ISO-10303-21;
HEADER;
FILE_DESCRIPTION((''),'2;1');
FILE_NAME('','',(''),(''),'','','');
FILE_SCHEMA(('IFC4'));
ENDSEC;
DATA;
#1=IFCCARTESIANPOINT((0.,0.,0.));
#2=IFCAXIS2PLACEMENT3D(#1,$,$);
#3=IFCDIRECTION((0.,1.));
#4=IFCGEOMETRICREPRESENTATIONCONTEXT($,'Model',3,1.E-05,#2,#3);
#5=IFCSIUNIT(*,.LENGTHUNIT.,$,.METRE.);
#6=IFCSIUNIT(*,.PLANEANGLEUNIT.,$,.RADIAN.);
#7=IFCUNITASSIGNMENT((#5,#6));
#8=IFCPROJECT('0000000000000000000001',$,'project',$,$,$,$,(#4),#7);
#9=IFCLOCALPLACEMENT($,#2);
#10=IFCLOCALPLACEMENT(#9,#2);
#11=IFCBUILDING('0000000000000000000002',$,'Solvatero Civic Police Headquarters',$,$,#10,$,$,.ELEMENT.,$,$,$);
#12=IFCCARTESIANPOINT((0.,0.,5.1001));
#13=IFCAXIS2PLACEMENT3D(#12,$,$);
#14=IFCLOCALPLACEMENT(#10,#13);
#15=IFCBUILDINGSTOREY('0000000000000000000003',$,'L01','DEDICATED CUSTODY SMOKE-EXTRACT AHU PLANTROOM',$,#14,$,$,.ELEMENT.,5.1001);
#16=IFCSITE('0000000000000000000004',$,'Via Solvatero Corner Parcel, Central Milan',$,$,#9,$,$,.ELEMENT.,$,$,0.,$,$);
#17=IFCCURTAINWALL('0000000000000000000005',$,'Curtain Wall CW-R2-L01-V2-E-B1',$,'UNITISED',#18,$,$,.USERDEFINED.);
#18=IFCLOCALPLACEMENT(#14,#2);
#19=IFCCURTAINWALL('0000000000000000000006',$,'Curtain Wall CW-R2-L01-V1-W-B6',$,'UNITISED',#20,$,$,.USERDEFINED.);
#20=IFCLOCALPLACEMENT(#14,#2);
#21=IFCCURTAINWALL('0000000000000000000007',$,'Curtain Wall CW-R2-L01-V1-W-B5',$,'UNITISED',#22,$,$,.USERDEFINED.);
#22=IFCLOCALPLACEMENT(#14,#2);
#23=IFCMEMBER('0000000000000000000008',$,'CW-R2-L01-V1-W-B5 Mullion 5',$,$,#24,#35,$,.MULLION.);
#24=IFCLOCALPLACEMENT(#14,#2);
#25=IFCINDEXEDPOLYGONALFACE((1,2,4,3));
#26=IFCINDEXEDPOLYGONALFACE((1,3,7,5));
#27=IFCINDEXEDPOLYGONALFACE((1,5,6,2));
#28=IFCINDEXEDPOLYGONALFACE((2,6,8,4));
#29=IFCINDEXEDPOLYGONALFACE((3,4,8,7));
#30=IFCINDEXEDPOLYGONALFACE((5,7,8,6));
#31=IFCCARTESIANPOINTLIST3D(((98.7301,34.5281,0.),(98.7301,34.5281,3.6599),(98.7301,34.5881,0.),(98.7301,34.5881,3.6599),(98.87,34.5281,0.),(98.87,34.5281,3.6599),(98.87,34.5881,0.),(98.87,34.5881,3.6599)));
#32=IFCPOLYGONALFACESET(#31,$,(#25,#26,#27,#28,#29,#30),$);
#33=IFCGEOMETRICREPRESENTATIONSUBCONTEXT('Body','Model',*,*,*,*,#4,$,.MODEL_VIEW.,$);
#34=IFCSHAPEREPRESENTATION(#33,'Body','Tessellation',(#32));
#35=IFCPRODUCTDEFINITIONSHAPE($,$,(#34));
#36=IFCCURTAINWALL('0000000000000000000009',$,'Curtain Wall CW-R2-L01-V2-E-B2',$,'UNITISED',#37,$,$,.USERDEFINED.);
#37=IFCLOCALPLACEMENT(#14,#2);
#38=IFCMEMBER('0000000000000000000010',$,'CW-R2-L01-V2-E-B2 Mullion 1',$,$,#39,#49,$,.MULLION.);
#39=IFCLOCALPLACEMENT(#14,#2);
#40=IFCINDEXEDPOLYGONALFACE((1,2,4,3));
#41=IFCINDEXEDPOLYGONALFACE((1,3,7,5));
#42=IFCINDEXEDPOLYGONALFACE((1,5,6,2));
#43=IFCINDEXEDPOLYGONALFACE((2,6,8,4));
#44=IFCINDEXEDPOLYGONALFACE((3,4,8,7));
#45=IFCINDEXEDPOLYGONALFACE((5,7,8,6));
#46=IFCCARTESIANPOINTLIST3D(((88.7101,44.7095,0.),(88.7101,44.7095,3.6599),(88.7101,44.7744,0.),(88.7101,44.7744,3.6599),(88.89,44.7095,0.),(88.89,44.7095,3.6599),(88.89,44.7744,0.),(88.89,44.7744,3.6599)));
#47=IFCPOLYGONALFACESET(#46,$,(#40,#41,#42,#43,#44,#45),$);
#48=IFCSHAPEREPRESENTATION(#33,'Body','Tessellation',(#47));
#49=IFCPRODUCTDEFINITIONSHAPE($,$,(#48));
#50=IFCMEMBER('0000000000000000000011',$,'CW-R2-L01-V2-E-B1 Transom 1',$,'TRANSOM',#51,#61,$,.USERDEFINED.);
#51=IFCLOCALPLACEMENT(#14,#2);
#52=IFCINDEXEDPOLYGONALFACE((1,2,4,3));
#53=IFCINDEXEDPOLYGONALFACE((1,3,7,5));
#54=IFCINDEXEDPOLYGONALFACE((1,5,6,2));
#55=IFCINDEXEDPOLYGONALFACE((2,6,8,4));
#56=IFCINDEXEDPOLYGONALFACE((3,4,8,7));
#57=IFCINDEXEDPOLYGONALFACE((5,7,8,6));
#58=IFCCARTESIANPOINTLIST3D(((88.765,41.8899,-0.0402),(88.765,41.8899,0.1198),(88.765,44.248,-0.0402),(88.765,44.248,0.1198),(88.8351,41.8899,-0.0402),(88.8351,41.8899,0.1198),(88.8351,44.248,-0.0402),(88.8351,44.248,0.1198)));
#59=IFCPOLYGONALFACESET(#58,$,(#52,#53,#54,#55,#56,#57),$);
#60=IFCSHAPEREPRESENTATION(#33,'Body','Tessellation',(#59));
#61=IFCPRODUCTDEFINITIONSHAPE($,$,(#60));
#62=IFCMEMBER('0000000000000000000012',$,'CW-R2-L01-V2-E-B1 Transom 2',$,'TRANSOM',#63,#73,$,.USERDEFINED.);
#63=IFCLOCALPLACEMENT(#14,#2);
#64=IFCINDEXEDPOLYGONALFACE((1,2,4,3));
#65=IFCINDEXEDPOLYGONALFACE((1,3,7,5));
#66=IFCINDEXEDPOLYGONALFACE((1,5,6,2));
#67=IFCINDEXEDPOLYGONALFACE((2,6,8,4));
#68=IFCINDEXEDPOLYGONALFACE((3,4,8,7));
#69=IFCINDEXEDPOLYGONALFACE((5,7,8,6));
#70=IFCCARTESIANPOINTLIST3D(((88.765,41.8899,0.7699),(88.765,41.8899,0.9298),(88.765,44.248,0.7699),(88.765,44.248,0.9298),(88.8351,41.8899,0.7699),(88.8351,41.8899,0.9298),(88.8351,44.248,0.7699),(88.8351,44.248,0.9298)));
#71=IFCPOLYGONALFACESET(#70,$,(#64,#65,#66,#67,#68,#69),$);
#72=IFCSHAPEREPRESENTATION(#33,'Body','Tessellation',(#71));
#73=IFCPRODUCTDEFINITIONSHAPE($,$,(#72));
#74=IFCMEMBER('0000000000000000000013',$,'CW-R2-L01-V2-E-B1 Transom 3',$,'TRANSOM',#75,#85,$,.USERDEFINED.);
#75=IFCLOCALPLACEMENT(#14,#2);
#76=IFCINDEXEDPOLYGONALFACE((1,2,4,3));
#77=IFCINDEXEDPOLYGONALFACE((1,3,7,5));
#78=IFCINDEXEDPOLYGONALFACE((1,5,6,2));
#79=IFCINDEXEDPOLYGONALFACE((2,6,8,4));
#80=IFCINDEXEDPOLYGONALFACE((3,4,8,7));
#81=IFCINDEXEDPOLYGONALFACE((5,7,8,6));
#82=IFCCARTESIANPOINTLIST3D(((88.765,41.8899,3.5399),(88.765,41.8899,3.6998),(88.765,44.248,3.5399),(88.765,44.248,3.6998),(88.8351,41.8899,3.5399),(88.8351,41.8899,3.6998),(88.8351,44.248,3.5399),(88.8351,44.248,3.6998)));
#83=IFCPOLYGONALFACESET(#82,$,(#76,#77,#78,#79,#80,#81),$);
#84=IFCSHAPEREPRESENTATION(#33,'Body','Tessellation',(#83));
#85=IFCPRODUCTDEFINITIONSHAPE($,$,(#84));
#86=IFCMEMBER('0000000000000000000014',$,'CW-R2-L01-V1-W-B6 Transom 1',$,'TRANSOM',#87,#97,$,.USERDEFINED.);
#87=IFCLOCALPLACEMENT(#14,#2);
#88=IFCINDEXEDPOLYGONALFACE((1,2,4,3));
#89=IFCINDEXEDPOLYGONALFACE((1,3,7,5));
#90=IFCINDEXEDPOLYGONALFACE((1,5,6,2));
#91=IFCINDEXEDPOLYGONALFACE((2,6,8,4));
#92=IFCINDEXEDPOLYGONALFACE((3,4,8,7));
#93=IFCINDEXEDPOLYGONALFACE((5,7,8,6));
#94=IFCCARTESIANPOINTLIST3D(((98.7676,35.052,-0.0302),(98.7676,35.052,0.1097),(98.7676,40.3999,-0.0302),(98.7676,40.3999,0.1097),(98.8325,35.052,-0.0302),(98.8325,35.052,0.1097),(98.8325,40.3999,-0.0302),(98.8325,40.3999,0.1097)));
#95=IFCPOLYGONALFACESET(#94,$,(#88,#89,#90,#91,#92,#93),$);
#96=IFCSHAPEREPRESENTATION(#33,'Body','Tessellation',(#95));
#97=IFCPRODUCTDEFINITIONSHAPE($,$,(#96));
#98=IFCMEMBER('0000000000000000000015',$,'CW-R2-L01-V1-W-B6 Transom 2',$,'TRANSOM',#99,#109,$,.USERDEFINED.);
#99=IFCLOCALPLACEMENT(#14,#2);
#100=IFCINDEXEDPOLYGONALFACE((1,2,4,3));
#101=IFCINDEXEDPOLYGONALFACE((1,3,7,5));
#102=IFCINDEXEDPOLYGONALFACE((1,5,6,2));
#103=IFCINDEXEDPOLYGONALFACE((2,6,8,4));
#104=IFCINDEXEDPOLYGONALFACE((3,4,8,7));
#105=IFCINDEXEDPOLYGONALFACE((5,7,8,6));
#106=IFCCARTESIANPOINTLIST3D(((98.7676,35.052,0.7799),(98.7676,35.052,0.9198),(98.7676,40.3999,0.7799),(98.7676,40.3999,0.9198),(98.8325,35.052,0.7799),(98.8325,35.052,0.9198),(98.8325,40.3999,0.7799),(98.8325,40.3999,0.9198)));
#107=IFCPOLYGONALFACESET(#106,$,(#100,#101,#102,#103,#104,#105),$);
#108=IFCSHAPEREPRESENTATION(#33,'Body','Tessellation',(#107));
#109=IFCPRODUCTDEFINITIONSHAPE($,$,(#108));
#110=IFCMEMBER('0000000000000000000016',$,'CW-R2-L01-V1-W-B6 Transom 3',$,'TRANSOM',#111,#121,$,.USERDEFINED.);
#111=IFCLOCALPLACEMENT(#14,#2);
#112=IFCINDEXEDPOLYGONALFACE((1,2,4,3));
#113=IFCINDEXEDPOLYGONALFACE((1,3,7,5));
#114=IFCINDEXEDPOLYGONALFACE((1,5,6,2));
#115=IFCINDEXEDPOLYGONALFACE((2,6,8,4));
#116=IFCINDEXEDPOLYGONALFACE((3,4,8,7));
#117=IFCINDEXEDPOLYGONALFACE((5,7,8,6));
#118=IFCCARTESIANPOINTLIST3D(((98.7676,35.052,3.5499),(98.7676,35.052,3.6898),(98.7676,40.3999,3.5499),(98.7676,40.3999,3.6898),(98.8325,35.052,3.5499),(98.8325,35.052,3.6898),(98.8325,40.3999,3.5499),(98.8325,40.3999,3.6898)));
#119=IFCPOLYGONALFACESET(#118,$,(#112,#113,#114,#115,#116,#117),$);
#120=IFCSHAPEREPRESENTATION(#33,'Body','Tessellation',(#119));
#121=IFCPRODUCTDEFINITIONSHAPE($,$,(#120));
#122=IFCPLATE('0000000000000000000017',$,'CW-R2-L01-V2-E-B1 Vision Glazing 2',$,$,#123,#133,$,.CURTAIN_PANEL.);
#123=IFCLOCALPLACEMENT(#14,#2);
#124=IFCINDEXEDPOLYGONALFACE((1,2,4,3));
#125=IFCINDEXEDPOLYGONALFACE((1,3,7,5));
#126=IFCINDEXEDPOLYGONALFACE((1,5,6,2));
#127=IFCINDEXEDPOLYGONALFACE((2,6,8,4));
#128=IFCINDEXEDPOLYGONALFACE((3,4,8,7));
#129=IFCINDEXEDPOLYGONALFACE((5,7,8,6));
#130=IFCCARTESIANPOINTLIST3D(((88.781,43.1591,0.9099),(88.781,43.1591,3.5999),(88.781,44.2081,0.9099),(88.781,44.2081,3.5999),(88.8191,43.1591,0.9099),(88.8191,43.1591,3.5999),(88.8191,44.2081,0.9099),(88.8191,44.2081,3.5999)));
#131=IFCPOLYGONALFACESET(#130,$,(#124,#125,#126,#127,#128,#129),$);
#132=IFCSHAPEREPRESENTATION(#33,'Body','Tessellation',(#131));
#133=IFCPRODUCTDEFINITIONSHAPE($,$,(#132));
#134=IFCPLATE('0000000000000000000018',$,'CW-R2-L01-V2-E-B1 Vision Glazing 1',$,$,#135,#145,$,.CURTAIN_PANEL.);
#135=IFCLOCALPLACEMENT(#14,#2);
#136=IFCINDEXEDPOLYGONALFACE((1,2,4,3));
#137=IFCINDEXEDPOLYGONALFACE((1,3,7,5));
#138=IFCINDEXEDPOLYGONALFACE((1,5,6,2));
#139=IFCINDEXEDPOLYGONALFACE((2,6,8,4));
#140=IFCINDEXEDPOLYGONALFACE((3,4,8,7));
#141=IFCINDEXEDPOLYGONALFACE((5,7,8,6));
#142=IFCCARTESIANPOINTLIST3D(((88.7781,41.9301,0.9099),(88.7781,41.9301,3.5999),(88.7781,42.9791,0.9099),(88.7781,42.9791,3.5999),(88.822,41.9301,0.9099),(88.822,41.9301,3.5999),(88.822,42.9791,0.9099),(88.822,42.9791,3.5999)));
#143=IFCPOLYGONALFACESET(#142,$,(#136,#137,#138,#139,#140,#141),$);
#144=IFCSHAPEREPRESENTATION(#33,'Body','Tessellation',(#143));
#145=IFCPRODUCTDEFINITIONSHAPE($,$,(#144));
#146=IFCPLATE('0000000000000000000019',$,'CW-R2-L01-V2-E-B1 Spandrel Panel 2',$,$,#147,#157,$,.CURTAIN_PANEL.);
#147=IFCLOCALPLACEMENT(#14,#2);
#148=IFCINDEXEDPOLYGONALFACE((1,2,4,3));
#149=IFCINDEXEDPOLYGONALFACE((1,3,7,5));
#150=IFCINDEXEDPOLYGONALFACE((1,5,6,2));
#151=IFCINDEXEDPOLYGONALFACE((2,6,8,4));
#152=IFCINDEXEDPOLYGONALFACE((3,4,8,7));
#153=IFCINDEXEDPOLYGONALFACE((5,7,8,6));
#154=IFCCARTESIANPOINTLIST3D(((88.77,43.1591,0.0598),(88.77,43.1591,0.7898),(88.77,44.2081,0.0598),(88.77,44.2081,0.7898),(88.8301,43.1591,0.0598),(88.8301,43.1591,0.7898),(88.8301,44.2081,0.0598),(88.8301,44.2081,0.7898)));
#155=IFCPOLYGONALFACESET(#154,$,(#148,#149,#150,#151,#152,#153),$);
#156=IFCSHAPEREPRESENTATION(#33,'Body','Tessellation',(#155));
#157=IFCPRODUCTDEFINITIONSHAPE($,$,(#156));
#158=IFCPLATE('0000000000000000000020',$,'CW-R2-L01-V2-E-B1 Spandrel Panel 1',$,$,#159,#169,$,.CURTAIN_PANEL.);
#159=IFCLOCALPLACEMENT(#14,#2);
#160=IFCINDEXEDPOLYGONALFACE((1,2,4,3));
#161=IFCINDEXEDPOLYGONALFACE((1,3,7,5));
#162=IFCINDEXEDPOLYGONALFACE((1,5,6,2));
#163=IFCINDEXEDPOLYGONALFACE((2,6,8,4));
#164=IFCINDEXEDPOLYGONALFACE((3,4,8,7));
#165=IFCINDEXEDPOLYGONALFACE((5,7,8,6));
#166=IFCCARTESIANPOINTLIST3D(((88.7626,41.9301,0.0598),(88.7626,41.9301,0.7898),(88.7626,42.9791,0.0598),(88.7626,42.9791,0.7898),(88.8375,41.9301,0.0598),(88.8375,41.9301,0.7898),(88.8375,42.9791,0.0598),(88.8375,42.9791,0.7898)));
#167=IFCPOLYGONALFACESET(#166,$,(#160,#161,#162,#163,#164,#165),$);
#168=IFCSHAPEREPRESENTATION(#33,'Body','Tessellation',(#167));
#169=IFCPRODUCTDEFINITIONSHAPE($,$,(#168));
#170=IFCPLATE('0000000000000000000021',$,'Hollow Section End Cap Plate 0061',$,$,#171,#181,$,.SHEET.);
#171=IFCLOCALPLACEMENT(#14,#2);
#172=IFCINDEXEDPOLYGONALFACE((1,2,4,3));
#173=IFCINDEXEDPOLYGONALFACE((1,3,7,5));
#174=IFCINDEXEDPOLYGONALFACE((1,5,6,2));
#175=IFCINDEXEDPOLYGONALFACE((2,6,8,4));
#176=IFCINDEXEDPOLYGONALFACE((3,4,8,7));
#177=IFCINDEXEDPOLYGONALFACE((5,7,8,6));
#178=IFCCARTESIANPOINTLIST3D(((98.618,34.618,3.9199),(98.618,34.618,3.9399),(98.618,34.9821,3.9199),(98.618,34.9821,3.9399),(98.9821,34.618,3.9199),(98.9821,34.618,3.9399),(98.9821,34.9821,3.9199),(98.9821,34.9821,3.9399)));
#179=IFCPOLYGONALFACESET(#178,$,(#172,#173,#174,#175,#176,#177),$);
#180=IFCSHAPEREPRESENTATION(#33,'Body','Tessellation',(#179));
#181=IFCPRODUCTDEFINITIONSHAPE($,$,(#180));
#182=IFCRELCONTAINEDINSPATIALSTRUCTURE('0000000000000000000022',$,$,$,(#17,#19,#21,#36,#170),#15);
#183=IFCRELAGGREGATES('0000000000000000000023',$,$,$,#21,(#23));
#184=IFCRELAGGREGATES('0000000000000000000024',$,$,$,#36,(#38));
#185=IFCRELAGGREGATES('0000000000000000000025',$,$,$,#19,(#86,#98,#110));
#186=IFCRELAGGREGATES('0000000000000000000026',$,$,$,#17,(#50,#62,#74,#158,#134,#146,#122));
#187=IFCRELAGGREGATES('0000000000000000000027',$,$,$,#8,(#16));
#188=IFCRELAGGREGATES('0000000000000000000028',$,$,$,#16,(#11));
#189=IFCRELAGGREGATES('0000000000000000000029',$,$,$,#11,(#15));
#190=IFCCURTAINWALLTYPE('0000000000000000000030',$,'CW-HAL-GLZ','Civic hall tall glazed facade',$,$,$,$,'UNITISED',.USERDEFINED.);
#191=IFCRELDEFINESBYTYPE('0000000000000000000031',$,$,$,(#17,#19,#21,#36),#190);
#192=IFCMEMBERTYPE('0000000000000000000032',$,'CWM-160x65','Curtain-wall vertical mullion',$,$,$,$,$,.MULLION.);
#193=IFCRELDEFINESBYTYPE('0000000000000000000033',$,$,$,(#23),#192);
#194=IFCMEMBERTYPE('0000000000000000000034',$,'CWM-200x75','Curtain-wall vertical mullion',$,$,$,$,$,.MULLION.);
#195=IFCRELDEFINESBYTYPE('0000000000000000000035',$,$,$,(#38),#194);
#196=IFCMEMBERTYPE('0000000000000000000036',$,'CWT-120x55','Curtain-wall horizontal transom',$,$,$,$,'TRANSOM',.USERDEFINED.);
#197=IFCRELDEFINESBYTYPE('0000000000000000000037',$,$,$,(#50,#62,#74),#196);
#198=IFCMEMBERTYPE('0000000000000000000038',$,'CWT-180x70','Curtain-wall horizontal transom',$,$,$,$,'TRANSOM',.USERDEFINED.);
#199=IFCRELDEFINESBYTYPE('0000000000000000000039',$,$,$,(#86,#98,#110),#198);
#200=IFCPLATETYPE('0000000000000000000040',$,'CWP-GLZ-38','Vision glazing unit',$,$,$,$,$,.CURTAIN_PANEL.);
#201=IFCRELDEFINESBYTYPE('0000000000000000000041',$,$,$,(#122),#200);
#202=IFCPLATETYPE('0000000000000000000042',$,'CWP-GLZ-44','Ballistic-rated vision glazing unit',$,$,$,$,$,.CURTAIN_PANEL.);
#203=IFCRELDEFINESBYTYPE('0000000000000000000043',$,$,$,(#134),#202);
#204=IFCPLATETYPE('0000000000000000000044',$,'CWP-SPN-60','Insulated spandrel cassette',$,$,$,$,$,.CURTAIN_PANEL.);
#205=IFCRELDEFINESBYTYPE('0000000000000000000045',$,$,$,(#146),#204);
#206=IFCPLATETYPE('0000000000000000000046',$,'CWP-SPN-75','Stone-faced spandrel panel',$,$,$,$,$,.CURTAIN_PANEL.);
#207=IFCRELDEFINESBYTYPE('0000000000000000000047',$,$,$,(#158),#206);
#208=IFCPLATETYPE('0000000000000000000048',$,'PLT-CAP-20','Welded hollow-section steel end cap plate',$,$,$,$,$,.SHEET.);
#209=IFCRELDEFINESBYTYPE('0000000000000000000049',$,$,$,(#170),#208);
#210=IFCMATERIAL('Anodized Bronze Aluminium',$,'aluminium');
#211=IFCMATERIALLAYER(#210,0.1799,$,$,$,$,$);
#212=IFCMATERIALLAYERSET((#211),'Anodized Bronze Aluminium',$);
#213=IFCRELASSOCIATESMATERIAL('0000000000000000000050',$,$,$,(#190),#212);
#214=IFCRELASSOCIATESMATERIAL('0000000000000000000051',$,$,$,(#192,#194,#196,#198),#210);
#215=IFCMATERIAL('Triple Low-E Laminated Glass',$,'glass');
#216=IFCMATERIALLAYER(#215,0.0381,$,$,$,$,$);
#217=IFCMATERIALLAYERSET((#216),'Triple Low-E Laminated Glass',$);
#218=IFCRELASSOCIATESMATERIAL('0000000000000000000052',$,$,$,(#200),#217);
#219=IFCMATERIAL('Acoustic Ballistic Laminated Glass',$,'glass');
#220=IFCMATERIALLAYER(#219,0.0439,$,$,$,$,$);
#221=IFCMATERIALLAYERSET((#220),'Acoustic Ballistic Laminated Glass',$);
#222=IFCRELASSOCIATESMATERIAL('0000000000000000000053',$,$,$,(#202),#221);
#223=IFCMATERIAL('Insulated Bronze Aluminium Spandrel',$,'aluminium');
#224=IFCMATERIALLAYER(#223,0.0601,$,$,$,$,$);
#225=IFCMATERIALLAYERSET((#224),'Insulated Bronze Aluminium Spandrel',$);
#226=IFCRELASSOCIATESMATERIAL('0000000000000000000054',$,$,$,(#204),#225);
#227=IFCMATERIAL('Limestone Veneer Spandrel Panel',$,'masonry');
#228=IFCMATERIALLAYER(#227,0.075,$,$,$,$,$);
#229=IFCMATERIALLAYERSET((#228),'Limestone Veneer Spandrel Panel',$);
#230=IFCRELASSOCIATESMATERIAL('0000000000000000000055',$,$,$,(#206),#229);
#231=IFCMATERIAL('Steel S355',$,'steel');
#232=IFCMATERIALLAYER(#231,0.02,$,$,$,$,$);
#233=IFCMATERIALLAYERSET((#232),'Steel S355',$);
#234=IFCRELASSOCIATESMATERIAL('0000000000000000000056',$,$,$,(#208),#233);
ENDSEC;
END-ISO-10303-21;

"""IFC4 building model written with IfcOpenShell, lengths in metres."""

from ifc_helpers import new_model, si_unit, direction, frame, origin, origin_2d, place, context, subcontext, project, spatial, rectangle, extrude, material, layer, layer_set, material_profile, profile_set, type_object, element, aggregate, save


model = new_model("IFC4")

# Units and contexts
model_context = context("Model", 3, precision=1e-05, world=origin(), true_north=direction((0.0, 1.0)))
body_context = subcontext(model_context, "Body", "Model", "MODEL_VIEW")
ifc_project = project(units=[si_unit("LENGTHUNIT", "METRE"), si_unit("PLANEANGLEUNIT", "RADIAN")], contexts=[model_context])

# Site, building, storey
site_placement = place(None, origin())
site = spatial("IfcSite", under=ifc_project, at=site_placement, Name="Via Solvatero Corner Parcel, Central Milan", CompositionType="ELEMENT", RefElevation=0.0)
building_placement = place(site_placement, origin())
building = spatial("IfcBuilding", under=site, at=building_placement, Name="Solvatero Civic Police Headquarters", CompositionType="ELEMENT")
storey_placement = place(building_placement, frame((0.0, 0.0, 5.1001)))
storey = spatial("IfcBuildingStorey", under=building, at=storey_placement, Name="L01", Description="DEDICATED CUSTODY SMOKE-EXTRACT AHU PLANTROOM", CompositionType="ELEMENT", Elevation=5.1001)

# Shared definitions
ifc_material_1 = material(Name="Steel S355", Category="steel")

# Curtain wall
ifc_material_2 = material(Name="Anodized Bronze Aluminium", Category="aluminium")
ifc_layer_1 = layer(ifc_material_2, 0.1799)
ifc_layer_set_1 = layer_set([ifc_layer_1], Name="Anodized Bronze Aluminium")
curtain_wall_type = type_object("IfcCurtainWallType", Name="CW-HAL-GLZ", Description="Civic hall tall glazed facade", ElementType="UNITISED", PredefinedType="USERDEFINED", material=ifc_layer_set_1)
curtain_wall_1_placement = place(storey_placement, origin())
curtain_wall_1 = element("IfcCurtainWall", 1, at=curtain_wall_1_placement, inside=storey, type_object=curtain_wall_type, Name="Curtain Wall CW-R2-L01-V2-E-B1", ObjectType="UNITISED", PredefinedType="USERDEFINED")

# Curtain walls, members
curtain_wall_2_placement = place(storey_placement, origin())
curtain_wall_2 = element("IfcCurtainWall", 2, at=curtain_wall_2_placement, inside=storey, type_object=curtain_wall_type, Name="Curtain Wall CW-R2-L01-V1-W-B6", ObjectType="UNITISED", PredefinedType="USERDEFINED")
curtain_wall_3_placement = place(storey_placement, origin())
curtain_wall_3 = element("IfcCurtainWall", 3, at=curtain_wall_3_placement, inside=storey, type_object=curtain_wall_type, Name="Curtain Wall CW-R2-L01-V1-W-B5", ObjectType="UNITISED", PredefinedType="USERDEFINED")
ifc_material_profile_1 = material_profile(ifc_material_2, rectangle(XDim=0.0601, YDim=0.1399, at=origin_2d()), Name="ALU MULLION 60x140")
ifc_profile_set_1 = profile_set([ifc_material_profile_1], Name="Anodized Bronze Aluminium")
member_type_1 = type_object("IfcMemberType", Name="CWM-160x65", Description="Curtain-wall vertical mullion", PredefinedType="MULLION", material=ifc_profile_set_1)
member_1_placement = place(storey_placement, frame((98.8, 34.5581, 0.0), z_axis=(0.0, 0.0, 1.0), x_axis=(0.0, 1.0, 0.0)))
member_1 = element("IfcMember", 4, at=member_1_placement, type_object=member_type_1, Name="CW-R2-L01-V1-W-B5 Mullion 5", PredefinedType="MULLION", context=body_context, shape_type="SweptSolid", body=[
    extrude(rectangle(XDim=0.0601, YDim=0.1399, at=origin_2d()), origin(), (0.0, 0.0, 1.0), 3.6599),
])
aggregate(curtain_wall_3, [member_1])
curtain_wall_4_placement = place(storey_placement, origin())
curtain_wall_4 = element("IfcCurtainWall", 5, at=curtain_wall_4_placement, inside=storey, type_object=curtain_wall_type, Name="Curtain Wall CW-R2-L01-V2-E-B2", ObjectType="UNITISED", PredefinedType="USERDEFINED")
ifc_material_profile_2 = material_profile(ifc_material_2, rectangle(XDim=0.0649, YDim=0.1799, at=origin_2d()), Name="ALU MULLION 65x180")
ifc_profile_set_2 = profile_set([ifc_material_profile_2], Name="Anodized Bronze Aluminium")
member_type_2 = type_object("IfcMemberType", Name="CWM-200x75", Description="Curtain-wall vertical mullion", PredefinedType="MULLION", material=ifc_profile_set_2)
member_2_placement = place(storey_placement, frame((88.8, 44.7419, 0.0), z_axis=(0.0, 0.0, 1.0), x_axis=(0.0, 1.0, 0.0)))
member_2 = element("IfcMember", 6, at=member_2_placement, type_object=member_type_2, Name="CW-R2-L01-V2-E-B2 Mullion 1", PredefinedType="MULLION", context=body_context, shape_type="SweptSolid", body=[
    extrude(rectangle(XDim=0.0649, YDim=0.1799, at=origin_2d()), origin(), (0.0, 0.0, 1.0), 3.6599),
])
aggregate(curtain_wall_4, [member_2])

# Members
ifc_material_profile_3 = material_profile(ifc_material_2, rectangle(XDim=0.0701, YDim=0.1599, at=origin_2d()), Name="ALU TRANSOM 70x160")
ifc_profile_set_3 = profile_set([ifc_material_profile_3], Name="Anodized Bronze Aluminium")
member_type_3 = type_object("IfcMemberType", Name="CWT-120x55", Description="Curtain-wall horizontal transom", ElementType="TRANSOM", PredefinedType="USERDEFINED", material=ifc_profile_set_3)
member_3_placement = place(storey_placement, frame((88.8, 41.8899, 0.0398), z_axis=(0.0, 1.0, 0.0), x_axis=(-1.0, 0.0, 0.0)))
member_3 = element("IfcMember", 7, at=member_3_placement, type_object=member_type_3, Name="CW-R2-L01-V2-E-B1 Transom 1", ObjectType="TRANSOM", PredefinedType="USERDEFINED", context=body_context, shape_type="SweptSolid", body=[
    extrude(rectangle(XDim=0.0701, YDim=0.1599, at=origin_2d()), origin(), (0.0, 0.0, 1.0), 2.3582),
])
member_4_placement = place(storey_placement, frame((88.8, 41.8899, 0.8499), z_axis=(0.0, 1.0, 0.0), x_axis=(-1.0, 0.0, 0.0)))
member_4 = element("IfcMember", 8, at=member_4_placement, type_object=member_type_3, Name="CW-R2-L01-V2-E-B1 Transom 2", ObjectType="TRANSOM", PredefinedType="USERDEFINED", context=body_context, shape_type="SweptSolid", body=[
    extrude(rectangle(XDim=0.0701, YDim=0.1599, at=origin_2d()), origin(), (0.0, 0.0, 1.0), 2.3582),
])
member_5_placement = place(storey_placement, frame((88.8, 41.8899, 3.6199), z_axis=(0.0, 1.0, 0.0), x_axis=(-1.0, 0.0, 0.0)))
member_5 = element("IfcMember", 9, at=member_5_placement, type_object=member_type_3, Name="CW-R2-L01-V2-E-B1 Transom 3", ObjectType="TRANSOM", PredefinedType="USERDEFINED", context=body_context, shape_type="SweptSolid", body=[
    extrude(rectangle(XDim=0.0701, YDim=0.1599, at=origin_2d()), origin(), (0.0, 0.0, 1.0), 2.3582),
])
ifc_material_profile_4 = material_profile(ifc_material_2, rectangle(XDim=0.0649, YDim=0.1399, at=origin_2d()), Name="ALU TRANSOM 65x140")
ifc_profile_set_4 = profile_set([ifc_material_profile_4], Name="Anodized Bronze Aluminium")
member_type_4 = type_object("IfcMemberType", Name="CWT-180x70", Description="Curtain-wall horizontal transom", ElementType="TRANSOM", PredefinedType="USERDEFINED", material=ifc_profile_set_4)
member_6_placement = place(storey_placement, frame((98.8, 35.052, 0.0398), z_axis=(0.0, 1.0, 0.0), x_axis=(-1.0, 0.0, 0.0)))
member_6 = element("IfcMember", 10, at=member_6_placement, type_object=member_type_4, Name="CW-R2-L01-V1-W-B6 Transom 1", ObjectType="TRANSOM", PredefinedType="USERDEFINED", context=body_context, shape_type="SweptSolid", body=[
    extrude(rectangle(XDim=0.0649, YDim=0.1399, at=origin_2d()), origin(), (0.0, 0.0, 1.0), 5.3479),
])
member_7_placement = place(storey_placement, frame((98.8, 35.052, 0.8499), z_axis=(0.0, 1.0, 0.0), x_axis=(-1.0, 0.0, 0.0)))
member_7 = element("IfcMember", 11, at=member_7_placement, type_object=member_type_4, Name="CW-R2-L01-V1-W-B6 Transom 2", ObjectType="TRANSOM", PredefinedType="USERDEFINED", context=body_context, shape_type="SweptSolid", body=[
    extrude(rectangle(XDim=0.0649, YDim=0.1399, at=origin_2d()), origin(), (0.0, 0.0, 1.0), 5.3479),
])
member_8_placement = place(storey_placement, frame((98.8, 35.052, 3.6199), z_axis=(0.0, 1.0, 0.0), x_axis=(-1.0, 0.0, 0.0)))
member_8 = element("IfcMember", 12, at=member_8_placement, type_object=member_type_4, Name="CW-R2-L01-V1-W-B6 Transom 3", ObjectType="TRANSOM", PredefinedType="USERDEFINED", context=body_context, shape_type="SweptSolid", body=[
    extrude(rectangle(XDim=0.0649, YDim=0.1399, at=origin_2d()), origin(), (0.0, 0.0, 1.0), 5.3479),
])
aggregate(curtain_wall_2, [member_6, member_7, member_8])

# Plates
ifc_material_3 = material(Name="Triple Low-E Laminated Glass", Category="glass")
ifc_layer_2 = layer(ifc_material_3, 0.0381)
ifc_layer_set_2 = layer_set([ifc_layer_2], Name="Triple Low-E Laminated Glass")
plate_type_1 = type_object("IfcPlateType", Name="CWP-GLZ-38", Description="Vision glazing unit", PredefinedType="CURTAIN_PANEL", material=ifc_layer_set_2)
plate_1_placement = place(storey_placement, frame((88.8, 43.6836, 0.9099), z_axis=(0.0, 0.0, 1.0), x_axis=(0.0, 1.0, 0.0)))
plate_1 = element("IfcPlate", 13, at=plate_1_placement, type_object=plate_type_1, Name="CW-R2-L01-V2-E-B1 Vision Glazing 2", PredefinedType="CURTAIN_PANEL", context=body_context, shape_type="SweptSolid", body=[
    extrude(rectangle(XDim=1.0491, YDim=0.0381, at=origin_2d()), origin(), (0.0, 0.0, 1.0), 2.6899),
])
ifc_material_4 = material(Name="Acoustic Ballistic Laminated Glass", Category="glass")
ifc_layer_3 = layer(ifc_material_4, 0.0439)
ifc_layer_set_3 = layer_set([ifc_layer_3], Name="Acoustic Ballistic Laminated Glass")
plate_type_2 = type_object("IfcPlateType", Name="CWP-GLZ-44", Description="Ballistic-rated vision glazing unit", PredefinedType="CURTAIN_PANEL", material=ifc_layer_set_3)
plate_2_placement = place(storey_placement, frame((88.8, 42.4546, 0.9099), z_axis=(0.0, 0.0, 1.0), x_axis=(0.0, 1.0, 0.0)))
plate_2 = element("IfcPlate", 14, at=plate_2_placement, type_object=plate_type_2, Name="CW-R2-L01-V2-E-B1 Vision Glazing 1", PredefinedType="CURTAIN_PANEL", context=body_context, shape_type="SweptSolid", body=[
    extrude(rectangle(XDim=1.0491, YDim=0.0439, at=origin_2d()), origin(), (0.0, 0.0, 1.0), 2.6899),
])
ifc_material_5 = material(Name="Insulated Bronze Aluminium Spandrel", Category="aluminium")
ifc_layer_4 = layer(ifc_material_5, 0.0601)
ifc_layer_set_4 = layer_set([ifc_layer_4], Name="Insulated Bronze Aluminium Spandrel")
plate_type_3 = type_object("IfcPlateType", Name="CWP-SPN-60", Description="Insulated spandrel cassette", PredefinedType="CURTAIN_PANEL", material=ifc_layer_set_4)
plate_3_placement = place(storey_placement, frame((88.8, 43.6836, 0.0598), z_axis=(0.0, 0.0, 1.0), x_axis=(0.0, 1.0, 0.0)))
plate_3 = element("IfcPlate", 15, at=plate_3_placement, type_object=plate_type_3, Name="CW-R2-L01-V2-E-B1 Spandrel Panel 2", PredefinedType="CURTAIN_PANEL", context=body_context, shape_type="SweptSolid", body=[
    extrude(rectangle(XDim=1.0491, YDim=0.0601, at=origin_2d()), origin(), (0.0, 0.0, 1.0), 0.73),
])
ifc_material_6 = material(Name="Limestone Veneer Spandrel Panel", Category="masonry")
ifc_layer_5 = layer(ifc_material_6, 0.075)
ifc_layer_set_5 = layer_set([ifc_layer_5], Name="Limestone Veneer Spandrel Panel")
plate_type_4 = type_object("IfcPlateType", Name="CWP-SPN-75", Description="Stone-faced spandrel panel", PredefinedType="CURTAIN_PANEL", material=ifc_layer_set_5)
plate_4_placement = place(storey_placement, frame((88.8, 42.4546, 0.0598), z_axis=(0.0, 0.0, 1.0), x_axis=(0.0, 1.0, 0.0)))
plate_4 = element("IfcPlate", 16, at=plate_4_placement, type_object=plate_type_4, Name="CW-R2-L01-V2-E-B1 Spandrel Panel 1", PredefinedType="CURTAIN_PANEL", context=body_context, shape_type="SweptSolid", body=[
    extrude(rectangle(XDim=1.0491, YDim=0.075, at=origin_2d()), origin(), (0.0, 0.0, 1.0), 0.73),
])
aggregate(curtain_wall_1, [member_3, member_4, member_5, plate_4, plate_2, plate_3, plate_1])

# Plate
ifc_layer_6 = layer(ifc_material_1, 0.02)
ifc_layer_set_6 = layer_set([ifc_layer_6], Name="Steel S355")
plate_type_5 = type_object("IfcPlateType", Name="PLT-CAP-20", Description="Welded hollow-section steel end cap plate", PredefinedType="SHEET", material=ifc_layer_set_6)
for number, where, z_axis, x_axis, name in (
    (17, (98.8, 34.8, 3.9199), (0.0, 0.0, 1.0), (1.0, 0.0, 0.0), "Hollow Section End Cap Plate 0061"),
):
    element("IfcPlate", number, at=place(storey_placement, frame(where, z_axis=z_axis, x_axis=x_axis)), inside=storey, type_object=plate_type_5, Name=name, PredefinedType="SHEET", context=body_context, shape_type="SweptSolid", body=[
        extrude(rectangle(XDim=0.364, YDim=0.364, at=origin_2d()), origin(), (0.0, 0.0, 1.0), 0.02),
    ])

save(model, "model.ifc")
